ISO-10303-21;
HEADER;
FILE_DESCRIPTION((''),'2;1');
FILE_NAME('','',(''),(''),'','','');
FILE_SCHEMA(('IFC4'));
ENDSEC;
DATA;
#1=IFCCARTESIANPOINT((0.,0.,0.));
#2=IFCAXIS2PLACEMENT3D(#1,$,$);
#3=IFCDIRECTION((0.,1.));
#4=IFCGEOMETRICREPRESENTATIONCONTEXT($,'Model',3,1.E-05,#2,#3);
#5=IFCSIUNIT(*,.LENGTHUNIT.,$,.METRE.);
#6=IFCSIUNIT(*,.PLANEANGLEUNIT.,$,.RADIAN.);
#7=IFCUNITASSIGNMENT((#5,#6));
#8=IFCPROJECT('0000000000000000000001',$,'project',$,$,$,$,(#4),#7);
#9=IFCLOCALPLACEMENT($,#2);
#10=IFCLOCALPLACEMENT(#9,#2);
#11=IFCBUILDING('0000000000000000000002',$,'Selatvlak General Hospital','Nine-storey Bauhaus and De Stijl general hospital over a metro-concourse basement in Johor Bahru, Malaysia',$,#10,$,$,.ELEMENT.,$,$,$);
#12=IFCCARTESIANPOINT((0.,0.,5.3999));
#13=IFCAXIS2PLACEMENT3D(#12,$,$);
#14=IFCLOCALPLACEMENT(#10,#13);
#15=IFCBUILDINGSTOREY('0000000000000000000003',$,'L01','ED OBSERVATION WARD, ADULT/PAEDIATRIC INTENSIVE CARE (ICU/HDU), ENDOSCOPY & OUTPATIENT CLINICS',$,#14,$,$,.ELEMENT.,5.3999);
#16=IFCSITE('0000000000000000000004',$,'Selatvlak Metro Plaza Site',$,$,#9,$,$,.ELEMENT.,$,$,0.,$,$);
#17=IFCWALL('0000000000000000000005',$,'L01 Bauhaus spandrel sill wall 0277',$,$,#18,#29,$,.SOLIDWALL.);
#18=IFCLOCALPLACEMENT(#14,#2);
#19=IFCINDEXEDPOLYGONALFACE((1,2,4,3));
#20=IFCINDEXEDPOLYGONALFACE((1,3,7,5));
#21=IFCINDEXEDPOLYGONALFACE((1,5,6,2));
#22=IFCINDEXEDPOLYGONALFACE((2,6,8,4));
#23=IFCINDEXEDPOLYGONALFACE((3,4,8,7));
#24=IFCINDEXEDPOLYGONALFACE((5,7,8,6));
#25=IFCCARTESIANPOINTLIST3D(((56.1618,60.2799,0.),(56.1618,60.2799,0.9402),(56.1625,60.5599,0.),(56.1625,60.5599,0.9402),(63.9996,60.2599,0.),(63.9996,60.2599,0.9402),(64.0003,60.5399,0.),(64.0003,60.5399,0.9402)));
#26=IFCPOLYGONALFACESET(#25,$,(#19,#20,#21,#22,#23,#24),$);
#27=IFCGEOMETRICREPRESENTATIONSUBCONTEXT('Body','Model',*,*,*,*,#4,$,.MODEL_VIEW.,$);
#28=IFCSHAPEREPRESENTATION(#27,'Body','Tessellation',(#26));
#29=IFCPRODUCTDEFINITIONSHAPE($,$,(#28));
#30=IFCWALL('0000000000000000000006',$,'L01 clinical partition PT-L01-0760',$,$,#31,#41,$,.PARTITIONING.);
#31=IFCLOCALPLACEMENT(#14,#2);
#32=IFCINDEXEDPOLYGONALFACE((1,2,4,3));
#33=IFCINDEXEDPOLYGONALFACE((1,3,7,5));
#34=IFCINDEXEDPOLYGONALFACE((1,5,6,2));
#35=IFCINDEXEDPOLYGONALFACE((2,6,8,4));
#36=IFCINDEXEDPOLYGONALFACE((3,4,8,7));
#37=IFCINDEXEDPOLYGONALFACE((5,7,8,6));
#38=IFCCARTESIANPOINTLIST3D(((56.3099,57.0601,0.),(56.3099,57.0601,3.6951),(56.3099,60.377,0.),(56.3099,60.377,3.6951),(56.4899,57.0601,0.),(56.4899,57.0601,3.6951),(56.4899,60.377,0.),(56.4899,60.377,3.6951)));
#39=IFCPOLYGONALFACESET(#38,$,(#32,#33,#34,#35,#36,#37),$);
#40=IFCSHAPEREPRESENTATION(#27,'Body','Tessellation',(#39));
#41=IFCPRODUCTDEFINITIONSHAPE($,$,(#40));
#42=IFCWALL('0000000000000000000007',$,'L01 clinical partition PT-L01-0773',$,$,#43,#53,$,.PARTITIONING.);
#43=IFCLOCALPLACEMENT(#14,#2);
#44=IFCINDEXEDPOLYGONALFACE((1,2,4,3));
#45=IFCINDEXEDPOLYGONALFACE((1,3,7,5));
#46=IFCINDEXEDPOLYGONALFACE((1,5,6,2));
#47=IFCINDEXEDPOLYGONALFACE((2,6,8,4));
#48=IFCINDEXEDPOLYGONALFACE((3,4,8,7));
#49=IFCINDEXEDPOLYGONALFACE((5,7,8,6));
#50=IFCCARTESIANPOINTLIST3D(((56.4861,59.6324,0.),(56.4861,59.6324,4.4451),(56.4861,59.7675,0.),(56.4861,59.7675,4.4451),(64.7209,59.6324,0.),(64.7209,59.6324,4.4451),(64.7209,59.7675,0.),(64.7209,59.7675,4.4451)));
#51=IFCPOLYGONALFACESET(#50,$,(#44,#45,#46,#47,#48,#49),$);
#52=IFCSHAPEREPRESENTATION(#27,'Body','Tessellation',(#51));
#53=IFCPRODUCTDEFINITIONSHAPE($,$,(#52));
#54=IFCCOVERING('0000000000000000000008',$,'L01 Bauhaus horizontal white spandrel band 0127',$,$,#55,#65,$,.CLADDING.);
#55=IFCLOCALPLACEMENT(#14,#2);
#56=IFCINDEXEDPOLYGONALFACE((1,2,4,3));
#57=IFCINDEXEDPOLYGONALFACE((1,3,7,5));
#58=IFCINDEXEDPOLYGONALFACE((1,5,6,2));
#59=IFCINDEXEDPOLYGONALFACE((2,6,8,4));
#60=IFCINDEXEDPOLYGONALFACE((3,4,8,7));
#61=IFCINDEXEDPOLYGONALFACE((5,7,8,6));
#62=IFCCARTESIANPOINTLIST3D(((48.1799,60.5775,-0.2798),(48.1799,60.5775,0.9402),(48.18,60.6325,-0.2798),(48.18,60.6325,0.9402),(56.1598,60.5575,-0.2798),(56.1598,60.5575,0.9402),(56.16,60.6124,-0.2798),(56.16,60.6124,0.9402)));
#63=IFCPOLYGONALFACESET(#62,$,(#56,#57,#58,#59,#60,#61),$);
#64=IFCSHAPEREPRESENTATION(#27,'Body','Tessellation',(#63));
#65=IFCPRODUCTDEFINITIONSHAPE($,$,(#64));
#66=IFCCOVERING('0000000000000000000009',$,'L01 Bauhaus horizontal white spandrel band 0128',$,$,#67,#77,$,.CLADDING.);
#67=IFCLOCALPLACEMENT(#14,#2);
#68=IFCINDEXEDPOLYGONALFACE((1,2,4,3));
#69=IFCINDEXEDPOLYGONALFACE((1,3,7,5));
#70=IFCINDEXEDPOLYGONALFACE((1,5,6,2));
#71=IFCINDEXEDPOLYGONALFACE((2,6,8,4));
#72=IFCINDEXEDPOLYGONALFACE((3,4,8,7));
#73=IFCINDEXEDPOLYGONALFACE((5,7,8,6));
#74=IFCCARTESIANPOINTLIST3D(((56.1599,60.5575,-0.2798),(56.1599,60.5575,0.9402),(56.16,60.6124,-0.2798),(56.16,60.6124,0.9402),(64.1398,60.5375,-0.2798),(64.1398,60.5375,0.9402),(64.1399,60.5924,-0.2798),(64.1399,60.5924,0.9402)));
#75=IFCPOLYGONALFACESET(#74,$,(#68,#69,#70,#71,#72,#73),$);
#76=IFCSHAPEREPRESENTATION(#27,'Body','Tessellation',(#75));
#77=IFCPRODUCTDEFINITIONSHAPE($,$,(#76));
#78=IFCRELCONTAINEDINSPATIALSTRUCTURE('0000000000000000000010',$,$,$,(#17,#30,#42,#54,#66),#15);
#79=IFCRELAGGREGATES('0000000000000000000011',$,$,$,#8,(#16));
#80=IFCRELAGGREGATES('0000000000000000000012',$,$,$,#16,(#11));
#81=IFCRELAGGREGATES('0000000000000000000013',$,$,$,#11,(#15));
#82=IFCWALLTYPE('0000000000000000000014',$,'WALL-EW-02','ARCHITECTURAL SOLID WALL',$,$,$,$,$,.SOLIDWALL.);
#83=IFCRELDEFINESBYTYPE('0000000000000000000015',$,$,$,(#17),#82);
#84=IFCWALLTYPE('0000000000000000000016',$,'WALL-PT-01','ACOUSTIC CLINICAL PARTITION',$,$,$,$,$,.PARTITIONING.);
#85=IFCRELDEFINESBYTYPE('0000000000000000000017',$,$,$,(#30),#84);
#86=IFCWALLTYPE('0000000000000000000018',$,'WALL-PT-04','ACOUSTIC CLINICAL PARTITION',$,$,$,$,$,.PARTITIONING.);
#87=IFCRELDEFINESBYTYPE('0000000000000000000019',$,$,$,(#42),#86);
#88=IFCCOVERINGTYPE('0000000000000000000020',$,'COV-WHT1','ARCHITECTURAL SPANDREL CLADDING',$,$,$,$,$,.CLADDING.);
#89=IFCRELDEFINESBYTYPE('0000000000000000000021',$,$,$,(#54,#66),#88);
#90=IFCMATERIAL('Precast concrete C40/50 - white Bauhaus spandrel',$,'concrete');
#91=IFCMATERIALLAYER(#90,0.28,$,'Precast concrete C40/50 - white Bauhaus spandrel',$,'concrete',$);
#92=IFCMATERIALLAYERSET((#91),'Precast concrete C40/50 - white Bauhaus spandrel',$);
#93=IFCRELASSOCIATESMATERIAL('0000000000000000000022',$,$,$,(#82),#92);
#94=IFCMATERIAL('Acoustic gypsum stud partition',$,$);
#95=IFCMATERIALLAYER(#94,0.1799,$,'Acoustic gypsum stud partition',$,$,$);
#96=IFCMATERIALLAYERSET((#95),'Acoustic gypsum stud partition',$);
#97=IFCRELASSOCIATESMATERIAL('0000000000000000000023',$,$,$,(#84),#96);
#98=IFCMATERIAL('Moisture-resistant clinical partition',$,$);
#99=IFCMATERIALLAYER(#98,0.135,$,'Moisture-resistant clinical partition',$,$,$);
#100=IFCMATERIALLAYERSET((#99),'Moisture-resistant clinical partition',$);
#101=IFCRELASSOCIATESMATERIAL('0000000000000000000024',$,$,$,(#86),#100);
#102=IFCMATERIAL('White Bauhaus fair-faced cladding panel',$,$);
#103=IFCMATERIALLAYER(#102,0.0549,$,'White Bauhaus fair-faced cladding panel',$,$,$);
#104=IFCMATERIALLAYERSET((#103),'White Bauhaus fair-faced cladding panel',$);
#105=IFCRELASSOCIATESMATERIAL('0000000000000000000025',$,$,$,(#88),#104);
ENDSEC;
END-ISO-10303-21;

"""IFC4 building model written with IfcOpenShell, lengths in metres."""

from ifc_helpers import new_model, si_unit, direction, frame, frame_2d, origin, origin_2d, place, context, subcontext, project, spatial, rectangle, extrude, material, layer, layer_set, type_object, element, save


model = new_model("IFC4")

# Units and contexts
model_context = context("Model", 3, precision=1e-05, world=origin(), true_north=direction((0.0, 1.0)))
body_context = subcontext(model_context, "Body", "Model", "MODEL_VIEW")
ifc_project = project(units=[si_unit("LENGTHUNIT", "METRE"), si_unit("PLANEANGLEUNIT", "RADIAN")], contexts=[model_context])

# Site, building, storey
site_placement = place(None, origin())
site = spatial("IfcSite", under=ifc_project, at=site_placement, Name="Selatvlak Metro Plaza Site", CompositionType="ELEMENT", RefElevation=0.0)
building_placement = place(site_placement, origin())
building = spatial("IfcBuilding", under=site, at=building_placement, Name="Selatvlak General Hospital", Description="Nine-storey Bauhaus and De Stijl general hospital over a metro-concourse basement in Johor Bahru, Malaysia", CompositionType="ELEMENT")
storey_placement = place(building_placement, frame((0.0, 0.0, 5.3999)))
storey = spatial("IfcBuildingStorey", under=building, at=storey_placement, Name="L01", Description="ED OBSERVATION WARD, ADULT/PAEDIATRIC INTENSIVE CARE (ICU/HDU), ENDOSCOPY & OUTPATIENT CLINICS", CompositionType="ELEMENT", Elevation=5.3999)

# Walls
ifc_material_1 = material(Name="Precast concrete C40/50 - white Bauhaus spandrel", Category="concrete")
ifc_layer_1 = layer(ifc_material_1, 0.28, Name="Precast concrete C40/50 - white Bauhaus spandrel", Category="concrete")
ifc_layer_set_1 = layer_set([ifc_layer_1], Name="Precast concrete C40/50 - white Bauhaus spandrel")
wall_type_1 = type_object("IfcWallType", Name="WALL-EW-02", Description="ARCHITECTURAL SOLID WALL", PredefinedType="SOLIDWALL", material=ifc_layer_set_1)
wall_1_placement = place(storey_placement, frame((56.1621, 60.4199, 0.0), z_axis=(0.0, 0.0, 1.0), x_axis=(0.999997, -0.002554, 0.0)))
element("IfcWall", 1, at=wall_1_placement, inside=storey, type_object=wall_type_1, Name="L01 Bauhaus spandrel sill wall 0277", PredefinedType="SOLIDWALL", context=body_context, shape_type="SweptSolid", body=[
    extrude(rectangle(XDim=7.8379, YDim=0.28, at=frame_2d((3.9189, 0.0))), origin(), (0.0, 0.0, 1.0), 0.9402),
])
ifc_material_2 = material(Name="Acoustic gypsum stud partition")
ifc_layer_2 = layer(ifc_material_2, 0.1799, Name="Acoustic gypsum stud partition")
ifc_layer_set_2 = layer_set([ifc_layer_2], Name="Acoustic gypsum stud partition")
wall_type_2 = type_object("IfcWallType", Name="WALL-PT-01", Description="ACOUSTIC CLINICAL PARTITION", PredefinedType="PARTITIONING", material=ifc_layer_set_2)
wall_2_placement = place(storey_placement, frame((56.3999, 60.377, 0.0), z_axis=(0.0, 0.0, 1.0), x_axis=(0.0, -1.0, 0.0)))
element("IfcWall", 2, at=wall_2_placement, inside=storey, type_object=wall_type_2, Name="L01 clinical partition PT-L01-0760", PredefinedType="PARTITIONING", context=body_context, shape_type="SweptSolid", body=[
    extrude(rectangle(XDim=3.3169, YDim=0.1799, at=frame_2d((1.6584, 0.0))), origin(), (0.0, 0.0, 1.0), 3.6951),
])
ifc_material_3 = material(Name="Moisture-resistant clinical partition")
ifc_layer_3 = layer(ifc_material_3, 0.135, Name="Moisture-resistant clinical partition")
ifc_layer_set_3 = layer_set([ifc_layer_3], Name="Moisture-resistant clinical partition")
wall_type_3 = type_object("IfcWallType", Name="WALL-PT-04", Description="ACOUSTIC CLINICAL PARTITION", PredefinedType="PARTITIONING", material=ifc_layer_set_3)
wall_3_placement = place(storey_placement, frame((56.4861, 59.7, 0.0), z_axis=(0.0, 0.0, 1.0), x_axis=(1.0, 0.0, 0.0)))
element("IfcWall", 3, at=wall_3_placement, inside=storey, type_object=wall_type_3, Name="L01 clinical partition PT-L01-0773", PredefinedType="PARTITIONING", context=body_context, shape_type="SweptSolid", body=[
    extrude(rectangle(XDim=8.2349, YDim=0.135, at=frame_2d((4.1174, 0.0))), origin(), (0.0, 0.0, 1.0), 4.4451),
])

# Coverings
ifc_material_4 = material(Name="White Bauhaus fair-faced cladding panel")
ifc_layer_4 = layer(ifc_material_4, 0.0549, Name="White Bauhaus fair-faced cladding panel")
ifc_layer_set_4 = layer_set([ifc_layer_4], Name="White Bauhaus fair-faced cladding panel")
covering_type = type_object("IfcCoveringType", Name="COV-WHT1", Description="ARCHITECTURAL SPANDREL CLADDING", PredefinedType="CLADDING", material=ifc_layer_set_4)
for number, where, z_axis, x_axis, name in (
    (4, (52.1699, 60.595, -0.2798), (0.0, 0.0, 1.0), (0.999997, -0.002513, 0.0), "L01 Bauhaus horizontal white spandrel band 0127"),
    (5, (60.1499, 60.575, -0.2798), (0.0, 0.0, 1.0), (0.999997, -0.002513, 0.0), "L01 Bauhaus horizontal white spandrel band 0128"),
):
    element("IfcCovering", number, at=place(storey_placement, frame(where, z_axis=z_axis, x_axis=x_axis)), inside=storey, type_object=covering_type, Name=name, PredefinedType="CLADDING", context=body_context, shape_type="SweptSolid", body=[
        extrude(rectangle(XDim=7.98, YDim=0.0549, at=origin_2d()), origin(), (0.0, 0.0, 1.0), 1.22),
    ])

save(model, "model.ifc")
